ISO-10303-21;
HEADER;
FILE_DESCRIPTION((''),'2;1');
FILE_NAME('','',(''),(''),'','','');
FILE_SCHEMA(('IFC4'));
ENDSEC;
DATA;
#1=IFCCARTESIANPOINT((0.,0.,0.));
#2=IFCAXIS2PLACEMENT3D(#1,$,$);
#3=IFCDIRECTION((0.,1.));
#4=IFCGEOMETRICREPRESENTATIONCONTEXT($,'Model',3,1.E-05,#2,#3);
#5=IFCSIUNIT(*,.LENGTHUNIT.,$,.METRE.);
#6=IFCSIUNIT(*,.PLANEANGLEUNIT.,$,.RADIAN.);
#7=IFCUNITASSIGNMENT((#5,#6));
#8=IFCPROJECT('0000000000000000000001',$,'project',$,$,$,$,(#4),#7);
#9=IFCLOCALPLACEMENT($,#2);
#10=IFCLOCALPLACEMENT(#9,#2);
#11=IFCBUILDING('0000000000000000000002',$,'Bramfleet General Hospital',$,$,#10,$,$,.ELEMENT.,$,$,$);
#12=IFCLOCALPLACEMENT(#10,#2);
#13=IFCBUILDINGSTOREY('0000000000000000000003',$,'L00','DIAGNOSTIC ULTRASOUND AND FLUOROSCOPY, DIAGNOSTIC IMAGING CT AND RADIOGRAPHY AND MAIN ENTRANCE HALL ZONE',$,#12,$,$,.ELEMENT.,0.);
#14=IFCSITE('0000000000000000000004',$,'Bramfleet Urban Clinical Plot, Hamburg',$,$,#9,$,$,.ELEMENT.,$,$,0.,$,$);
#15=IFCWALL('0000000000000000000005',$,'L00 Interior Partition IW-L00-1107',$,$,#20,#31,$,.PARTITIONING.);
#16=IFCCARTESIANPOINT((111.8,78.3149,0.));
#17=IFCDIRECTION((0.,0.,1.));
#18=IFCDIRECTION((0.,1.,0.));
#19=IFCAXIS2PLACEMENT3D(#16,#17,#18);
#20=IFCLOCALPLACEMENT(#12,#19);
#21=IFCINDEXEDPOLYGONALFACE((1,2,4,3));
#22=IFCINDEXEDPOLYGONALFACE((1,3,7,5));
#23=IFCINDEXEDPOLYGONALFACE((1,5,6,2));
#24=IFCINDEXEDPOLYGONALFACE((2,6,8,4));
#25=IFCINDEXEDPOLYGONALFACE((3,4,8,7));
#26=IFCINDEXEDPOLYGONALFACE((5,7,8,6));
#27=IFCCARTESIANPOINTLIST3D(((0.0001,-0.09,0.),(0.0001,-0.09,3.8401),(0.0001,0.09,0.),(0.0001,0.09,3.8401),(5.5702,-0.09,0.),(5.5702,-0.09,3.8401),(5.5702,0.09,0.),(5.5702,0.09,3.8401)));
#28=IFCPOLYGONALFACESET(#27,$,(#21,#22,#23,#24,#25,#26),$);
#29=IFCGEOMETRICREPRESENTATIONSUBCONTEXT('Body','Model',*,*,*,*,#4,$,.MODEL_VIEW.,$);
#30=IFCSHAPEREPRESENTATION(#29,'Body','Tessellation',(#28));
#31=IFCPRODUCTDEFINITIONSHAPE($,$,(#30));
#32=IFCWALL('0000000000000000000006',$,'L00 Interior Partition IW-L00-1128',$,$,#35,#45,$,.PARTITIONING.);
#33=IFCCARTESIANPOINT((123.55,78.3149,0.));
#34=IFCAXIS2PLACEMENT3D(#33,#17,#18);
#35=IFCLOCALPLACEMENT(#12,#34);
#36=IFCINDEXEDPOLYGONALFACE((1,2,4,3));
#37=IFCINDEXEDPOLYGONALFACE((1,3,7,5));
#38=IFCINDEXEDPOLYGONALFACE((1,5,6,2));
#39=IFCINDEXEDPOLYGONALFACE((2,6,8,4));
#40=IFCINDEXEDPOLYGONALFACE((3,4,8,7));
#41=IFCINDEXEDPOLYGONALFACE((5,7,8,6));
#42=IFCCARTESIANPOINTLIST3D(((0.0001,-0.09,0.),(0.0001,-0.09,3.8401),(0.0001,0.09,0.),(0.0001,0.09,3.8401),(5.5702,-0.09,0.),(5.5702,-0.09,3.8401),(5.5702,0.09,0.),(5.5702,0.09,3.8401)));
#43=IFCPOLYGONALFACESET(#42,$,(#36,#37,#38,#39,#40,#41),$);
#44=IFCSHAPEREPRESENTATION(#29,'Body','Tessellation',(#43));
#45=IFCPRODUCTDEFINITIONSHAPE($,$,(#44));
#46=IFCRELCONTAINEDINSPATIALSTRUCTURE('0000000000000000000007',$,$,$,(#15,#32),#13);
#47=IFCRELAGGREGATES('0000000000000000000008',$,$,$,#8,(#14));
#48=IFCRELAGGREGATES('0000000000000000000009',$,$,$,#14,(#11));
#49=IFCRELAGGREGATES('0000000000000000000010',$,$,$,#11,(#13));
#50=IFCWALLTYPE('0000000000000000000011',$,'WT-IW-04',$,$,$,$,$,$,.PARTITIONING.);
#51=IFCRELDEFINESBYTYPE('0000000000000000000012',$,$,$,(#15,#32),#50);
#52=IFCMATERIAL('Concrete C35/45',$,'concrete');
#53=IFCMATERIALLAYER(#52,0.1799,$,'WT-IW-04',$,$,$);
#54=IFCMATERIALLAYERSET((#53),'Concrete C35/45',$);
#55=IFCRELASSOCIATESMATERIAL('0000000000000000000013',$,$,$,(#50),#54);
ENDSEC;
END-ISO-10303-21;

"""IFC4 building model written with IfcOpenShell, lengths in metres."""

from ifc_helpers import new_model, si_unit, direction, frame, frame_2d, origin, place, context, subcontext, project, spatial, rectangle, extrude, material, layer, layer_set, type_object, element, save


model = new_model("IFC4")

# Units and contexts
model_context = context("Model", 3, precision=1e-05, world=origin(), true_north=direction((0.0, 1.0)))
body_context = subcontext(model_context, "Body", "Model", "MODEL_VIEW")
ifc_project = project(units=[si_unit("LENGTHUNIT", "METRE"), si_unit("PLANEANGLEUNIT", "RADIAN")], contexts=[model_context])

# Site, building, storey
site_placement = place(None, origin())
site = spatial("IfcSite", under=ifc_project, at=site_placement, Name="Bramfleet Urban Clinical Plot, Hamburg", CompositionType="ELEMENT", RefElevation=0.0)
building_placement = place(site_placement, origin())
building = spatial("IfcBuilding", under=site, at=building_placement, Name="Bramfleet General Hospital", CompositionType="ELEMENT")
storey_placement = place(building_placement, origin())
storey = spatial("IfcBuildingStorey", under=building, at=storey_placement, Name="L00", Description="DIAGNOSTIC ULTRASOUND AND FLUOROSCOPY, DIAGNOSTIC IMAGING CT AND RADIOGRAPHY AND MAIN ENTRANCE HALL ZONE", CompositionType="ELEMENT", Elevation=0.0)

# Shared definitions
ifc_material_1 = material(Name="Concrete C35/45", Category="concrete")

# Shared definitions
ifc_layer_1 = layer(ifc_material_1, 0.1799, Name="WT-IW-04")
ifc_layer_set_1 = layer_set([ifc_layer_1], Name="Concrete C35/45")
wall_type_1 = type_object("IfcWallType", Name="WT-IW-04", PredefinedType="PARTITIONING", material=ifc_layer_set_1)

# Walls
wall_1_placement = place(storey_placement, frame((111.8, 78.3149, 0.0), z_axis=(0.0, 0.0, 1.0), x_axis=(0.0, 1.0, 0.0)))
element("IfcWall", 1, at=wall_1_placement, inside=storey, type_object=wall_type_1, Name="L00 Interior Partition IW-L00-1107", PredefinedType="PARTITIONING", context=body_context, shape_type="SweptSolid", body=[
    extrude(rectangle(XDim=5.5701, YDim=0.1799, at=frame_2d((2.7852, 0.0))), origin(), (0.0, 0.0, 1.0), 3.8401),
])
wall_2_placement = place(storey_placement, frame((123.55, 78.3149, 0.0), z_axis=(0.0, 0.0, 1.0), x_axis=(0.0, 1.0, 0.0)))
element("IfcWall", 2, at=wall_2_placement, inside=storey, type_object=wall_type_1, Name="L00 Interior Partition IW-L00-1128", PredefinedType="PARTITIONING", context=body_context, shape_type="SweptSolid", body=[
    extrude(rectangle(XDim=5.5701, YDim=0.1799, at=frame_2d((2.7852, 0.0))), origin(), (0.0, 0.0, 1.0), 3.8401),
])

save(model, "model.ifc")
